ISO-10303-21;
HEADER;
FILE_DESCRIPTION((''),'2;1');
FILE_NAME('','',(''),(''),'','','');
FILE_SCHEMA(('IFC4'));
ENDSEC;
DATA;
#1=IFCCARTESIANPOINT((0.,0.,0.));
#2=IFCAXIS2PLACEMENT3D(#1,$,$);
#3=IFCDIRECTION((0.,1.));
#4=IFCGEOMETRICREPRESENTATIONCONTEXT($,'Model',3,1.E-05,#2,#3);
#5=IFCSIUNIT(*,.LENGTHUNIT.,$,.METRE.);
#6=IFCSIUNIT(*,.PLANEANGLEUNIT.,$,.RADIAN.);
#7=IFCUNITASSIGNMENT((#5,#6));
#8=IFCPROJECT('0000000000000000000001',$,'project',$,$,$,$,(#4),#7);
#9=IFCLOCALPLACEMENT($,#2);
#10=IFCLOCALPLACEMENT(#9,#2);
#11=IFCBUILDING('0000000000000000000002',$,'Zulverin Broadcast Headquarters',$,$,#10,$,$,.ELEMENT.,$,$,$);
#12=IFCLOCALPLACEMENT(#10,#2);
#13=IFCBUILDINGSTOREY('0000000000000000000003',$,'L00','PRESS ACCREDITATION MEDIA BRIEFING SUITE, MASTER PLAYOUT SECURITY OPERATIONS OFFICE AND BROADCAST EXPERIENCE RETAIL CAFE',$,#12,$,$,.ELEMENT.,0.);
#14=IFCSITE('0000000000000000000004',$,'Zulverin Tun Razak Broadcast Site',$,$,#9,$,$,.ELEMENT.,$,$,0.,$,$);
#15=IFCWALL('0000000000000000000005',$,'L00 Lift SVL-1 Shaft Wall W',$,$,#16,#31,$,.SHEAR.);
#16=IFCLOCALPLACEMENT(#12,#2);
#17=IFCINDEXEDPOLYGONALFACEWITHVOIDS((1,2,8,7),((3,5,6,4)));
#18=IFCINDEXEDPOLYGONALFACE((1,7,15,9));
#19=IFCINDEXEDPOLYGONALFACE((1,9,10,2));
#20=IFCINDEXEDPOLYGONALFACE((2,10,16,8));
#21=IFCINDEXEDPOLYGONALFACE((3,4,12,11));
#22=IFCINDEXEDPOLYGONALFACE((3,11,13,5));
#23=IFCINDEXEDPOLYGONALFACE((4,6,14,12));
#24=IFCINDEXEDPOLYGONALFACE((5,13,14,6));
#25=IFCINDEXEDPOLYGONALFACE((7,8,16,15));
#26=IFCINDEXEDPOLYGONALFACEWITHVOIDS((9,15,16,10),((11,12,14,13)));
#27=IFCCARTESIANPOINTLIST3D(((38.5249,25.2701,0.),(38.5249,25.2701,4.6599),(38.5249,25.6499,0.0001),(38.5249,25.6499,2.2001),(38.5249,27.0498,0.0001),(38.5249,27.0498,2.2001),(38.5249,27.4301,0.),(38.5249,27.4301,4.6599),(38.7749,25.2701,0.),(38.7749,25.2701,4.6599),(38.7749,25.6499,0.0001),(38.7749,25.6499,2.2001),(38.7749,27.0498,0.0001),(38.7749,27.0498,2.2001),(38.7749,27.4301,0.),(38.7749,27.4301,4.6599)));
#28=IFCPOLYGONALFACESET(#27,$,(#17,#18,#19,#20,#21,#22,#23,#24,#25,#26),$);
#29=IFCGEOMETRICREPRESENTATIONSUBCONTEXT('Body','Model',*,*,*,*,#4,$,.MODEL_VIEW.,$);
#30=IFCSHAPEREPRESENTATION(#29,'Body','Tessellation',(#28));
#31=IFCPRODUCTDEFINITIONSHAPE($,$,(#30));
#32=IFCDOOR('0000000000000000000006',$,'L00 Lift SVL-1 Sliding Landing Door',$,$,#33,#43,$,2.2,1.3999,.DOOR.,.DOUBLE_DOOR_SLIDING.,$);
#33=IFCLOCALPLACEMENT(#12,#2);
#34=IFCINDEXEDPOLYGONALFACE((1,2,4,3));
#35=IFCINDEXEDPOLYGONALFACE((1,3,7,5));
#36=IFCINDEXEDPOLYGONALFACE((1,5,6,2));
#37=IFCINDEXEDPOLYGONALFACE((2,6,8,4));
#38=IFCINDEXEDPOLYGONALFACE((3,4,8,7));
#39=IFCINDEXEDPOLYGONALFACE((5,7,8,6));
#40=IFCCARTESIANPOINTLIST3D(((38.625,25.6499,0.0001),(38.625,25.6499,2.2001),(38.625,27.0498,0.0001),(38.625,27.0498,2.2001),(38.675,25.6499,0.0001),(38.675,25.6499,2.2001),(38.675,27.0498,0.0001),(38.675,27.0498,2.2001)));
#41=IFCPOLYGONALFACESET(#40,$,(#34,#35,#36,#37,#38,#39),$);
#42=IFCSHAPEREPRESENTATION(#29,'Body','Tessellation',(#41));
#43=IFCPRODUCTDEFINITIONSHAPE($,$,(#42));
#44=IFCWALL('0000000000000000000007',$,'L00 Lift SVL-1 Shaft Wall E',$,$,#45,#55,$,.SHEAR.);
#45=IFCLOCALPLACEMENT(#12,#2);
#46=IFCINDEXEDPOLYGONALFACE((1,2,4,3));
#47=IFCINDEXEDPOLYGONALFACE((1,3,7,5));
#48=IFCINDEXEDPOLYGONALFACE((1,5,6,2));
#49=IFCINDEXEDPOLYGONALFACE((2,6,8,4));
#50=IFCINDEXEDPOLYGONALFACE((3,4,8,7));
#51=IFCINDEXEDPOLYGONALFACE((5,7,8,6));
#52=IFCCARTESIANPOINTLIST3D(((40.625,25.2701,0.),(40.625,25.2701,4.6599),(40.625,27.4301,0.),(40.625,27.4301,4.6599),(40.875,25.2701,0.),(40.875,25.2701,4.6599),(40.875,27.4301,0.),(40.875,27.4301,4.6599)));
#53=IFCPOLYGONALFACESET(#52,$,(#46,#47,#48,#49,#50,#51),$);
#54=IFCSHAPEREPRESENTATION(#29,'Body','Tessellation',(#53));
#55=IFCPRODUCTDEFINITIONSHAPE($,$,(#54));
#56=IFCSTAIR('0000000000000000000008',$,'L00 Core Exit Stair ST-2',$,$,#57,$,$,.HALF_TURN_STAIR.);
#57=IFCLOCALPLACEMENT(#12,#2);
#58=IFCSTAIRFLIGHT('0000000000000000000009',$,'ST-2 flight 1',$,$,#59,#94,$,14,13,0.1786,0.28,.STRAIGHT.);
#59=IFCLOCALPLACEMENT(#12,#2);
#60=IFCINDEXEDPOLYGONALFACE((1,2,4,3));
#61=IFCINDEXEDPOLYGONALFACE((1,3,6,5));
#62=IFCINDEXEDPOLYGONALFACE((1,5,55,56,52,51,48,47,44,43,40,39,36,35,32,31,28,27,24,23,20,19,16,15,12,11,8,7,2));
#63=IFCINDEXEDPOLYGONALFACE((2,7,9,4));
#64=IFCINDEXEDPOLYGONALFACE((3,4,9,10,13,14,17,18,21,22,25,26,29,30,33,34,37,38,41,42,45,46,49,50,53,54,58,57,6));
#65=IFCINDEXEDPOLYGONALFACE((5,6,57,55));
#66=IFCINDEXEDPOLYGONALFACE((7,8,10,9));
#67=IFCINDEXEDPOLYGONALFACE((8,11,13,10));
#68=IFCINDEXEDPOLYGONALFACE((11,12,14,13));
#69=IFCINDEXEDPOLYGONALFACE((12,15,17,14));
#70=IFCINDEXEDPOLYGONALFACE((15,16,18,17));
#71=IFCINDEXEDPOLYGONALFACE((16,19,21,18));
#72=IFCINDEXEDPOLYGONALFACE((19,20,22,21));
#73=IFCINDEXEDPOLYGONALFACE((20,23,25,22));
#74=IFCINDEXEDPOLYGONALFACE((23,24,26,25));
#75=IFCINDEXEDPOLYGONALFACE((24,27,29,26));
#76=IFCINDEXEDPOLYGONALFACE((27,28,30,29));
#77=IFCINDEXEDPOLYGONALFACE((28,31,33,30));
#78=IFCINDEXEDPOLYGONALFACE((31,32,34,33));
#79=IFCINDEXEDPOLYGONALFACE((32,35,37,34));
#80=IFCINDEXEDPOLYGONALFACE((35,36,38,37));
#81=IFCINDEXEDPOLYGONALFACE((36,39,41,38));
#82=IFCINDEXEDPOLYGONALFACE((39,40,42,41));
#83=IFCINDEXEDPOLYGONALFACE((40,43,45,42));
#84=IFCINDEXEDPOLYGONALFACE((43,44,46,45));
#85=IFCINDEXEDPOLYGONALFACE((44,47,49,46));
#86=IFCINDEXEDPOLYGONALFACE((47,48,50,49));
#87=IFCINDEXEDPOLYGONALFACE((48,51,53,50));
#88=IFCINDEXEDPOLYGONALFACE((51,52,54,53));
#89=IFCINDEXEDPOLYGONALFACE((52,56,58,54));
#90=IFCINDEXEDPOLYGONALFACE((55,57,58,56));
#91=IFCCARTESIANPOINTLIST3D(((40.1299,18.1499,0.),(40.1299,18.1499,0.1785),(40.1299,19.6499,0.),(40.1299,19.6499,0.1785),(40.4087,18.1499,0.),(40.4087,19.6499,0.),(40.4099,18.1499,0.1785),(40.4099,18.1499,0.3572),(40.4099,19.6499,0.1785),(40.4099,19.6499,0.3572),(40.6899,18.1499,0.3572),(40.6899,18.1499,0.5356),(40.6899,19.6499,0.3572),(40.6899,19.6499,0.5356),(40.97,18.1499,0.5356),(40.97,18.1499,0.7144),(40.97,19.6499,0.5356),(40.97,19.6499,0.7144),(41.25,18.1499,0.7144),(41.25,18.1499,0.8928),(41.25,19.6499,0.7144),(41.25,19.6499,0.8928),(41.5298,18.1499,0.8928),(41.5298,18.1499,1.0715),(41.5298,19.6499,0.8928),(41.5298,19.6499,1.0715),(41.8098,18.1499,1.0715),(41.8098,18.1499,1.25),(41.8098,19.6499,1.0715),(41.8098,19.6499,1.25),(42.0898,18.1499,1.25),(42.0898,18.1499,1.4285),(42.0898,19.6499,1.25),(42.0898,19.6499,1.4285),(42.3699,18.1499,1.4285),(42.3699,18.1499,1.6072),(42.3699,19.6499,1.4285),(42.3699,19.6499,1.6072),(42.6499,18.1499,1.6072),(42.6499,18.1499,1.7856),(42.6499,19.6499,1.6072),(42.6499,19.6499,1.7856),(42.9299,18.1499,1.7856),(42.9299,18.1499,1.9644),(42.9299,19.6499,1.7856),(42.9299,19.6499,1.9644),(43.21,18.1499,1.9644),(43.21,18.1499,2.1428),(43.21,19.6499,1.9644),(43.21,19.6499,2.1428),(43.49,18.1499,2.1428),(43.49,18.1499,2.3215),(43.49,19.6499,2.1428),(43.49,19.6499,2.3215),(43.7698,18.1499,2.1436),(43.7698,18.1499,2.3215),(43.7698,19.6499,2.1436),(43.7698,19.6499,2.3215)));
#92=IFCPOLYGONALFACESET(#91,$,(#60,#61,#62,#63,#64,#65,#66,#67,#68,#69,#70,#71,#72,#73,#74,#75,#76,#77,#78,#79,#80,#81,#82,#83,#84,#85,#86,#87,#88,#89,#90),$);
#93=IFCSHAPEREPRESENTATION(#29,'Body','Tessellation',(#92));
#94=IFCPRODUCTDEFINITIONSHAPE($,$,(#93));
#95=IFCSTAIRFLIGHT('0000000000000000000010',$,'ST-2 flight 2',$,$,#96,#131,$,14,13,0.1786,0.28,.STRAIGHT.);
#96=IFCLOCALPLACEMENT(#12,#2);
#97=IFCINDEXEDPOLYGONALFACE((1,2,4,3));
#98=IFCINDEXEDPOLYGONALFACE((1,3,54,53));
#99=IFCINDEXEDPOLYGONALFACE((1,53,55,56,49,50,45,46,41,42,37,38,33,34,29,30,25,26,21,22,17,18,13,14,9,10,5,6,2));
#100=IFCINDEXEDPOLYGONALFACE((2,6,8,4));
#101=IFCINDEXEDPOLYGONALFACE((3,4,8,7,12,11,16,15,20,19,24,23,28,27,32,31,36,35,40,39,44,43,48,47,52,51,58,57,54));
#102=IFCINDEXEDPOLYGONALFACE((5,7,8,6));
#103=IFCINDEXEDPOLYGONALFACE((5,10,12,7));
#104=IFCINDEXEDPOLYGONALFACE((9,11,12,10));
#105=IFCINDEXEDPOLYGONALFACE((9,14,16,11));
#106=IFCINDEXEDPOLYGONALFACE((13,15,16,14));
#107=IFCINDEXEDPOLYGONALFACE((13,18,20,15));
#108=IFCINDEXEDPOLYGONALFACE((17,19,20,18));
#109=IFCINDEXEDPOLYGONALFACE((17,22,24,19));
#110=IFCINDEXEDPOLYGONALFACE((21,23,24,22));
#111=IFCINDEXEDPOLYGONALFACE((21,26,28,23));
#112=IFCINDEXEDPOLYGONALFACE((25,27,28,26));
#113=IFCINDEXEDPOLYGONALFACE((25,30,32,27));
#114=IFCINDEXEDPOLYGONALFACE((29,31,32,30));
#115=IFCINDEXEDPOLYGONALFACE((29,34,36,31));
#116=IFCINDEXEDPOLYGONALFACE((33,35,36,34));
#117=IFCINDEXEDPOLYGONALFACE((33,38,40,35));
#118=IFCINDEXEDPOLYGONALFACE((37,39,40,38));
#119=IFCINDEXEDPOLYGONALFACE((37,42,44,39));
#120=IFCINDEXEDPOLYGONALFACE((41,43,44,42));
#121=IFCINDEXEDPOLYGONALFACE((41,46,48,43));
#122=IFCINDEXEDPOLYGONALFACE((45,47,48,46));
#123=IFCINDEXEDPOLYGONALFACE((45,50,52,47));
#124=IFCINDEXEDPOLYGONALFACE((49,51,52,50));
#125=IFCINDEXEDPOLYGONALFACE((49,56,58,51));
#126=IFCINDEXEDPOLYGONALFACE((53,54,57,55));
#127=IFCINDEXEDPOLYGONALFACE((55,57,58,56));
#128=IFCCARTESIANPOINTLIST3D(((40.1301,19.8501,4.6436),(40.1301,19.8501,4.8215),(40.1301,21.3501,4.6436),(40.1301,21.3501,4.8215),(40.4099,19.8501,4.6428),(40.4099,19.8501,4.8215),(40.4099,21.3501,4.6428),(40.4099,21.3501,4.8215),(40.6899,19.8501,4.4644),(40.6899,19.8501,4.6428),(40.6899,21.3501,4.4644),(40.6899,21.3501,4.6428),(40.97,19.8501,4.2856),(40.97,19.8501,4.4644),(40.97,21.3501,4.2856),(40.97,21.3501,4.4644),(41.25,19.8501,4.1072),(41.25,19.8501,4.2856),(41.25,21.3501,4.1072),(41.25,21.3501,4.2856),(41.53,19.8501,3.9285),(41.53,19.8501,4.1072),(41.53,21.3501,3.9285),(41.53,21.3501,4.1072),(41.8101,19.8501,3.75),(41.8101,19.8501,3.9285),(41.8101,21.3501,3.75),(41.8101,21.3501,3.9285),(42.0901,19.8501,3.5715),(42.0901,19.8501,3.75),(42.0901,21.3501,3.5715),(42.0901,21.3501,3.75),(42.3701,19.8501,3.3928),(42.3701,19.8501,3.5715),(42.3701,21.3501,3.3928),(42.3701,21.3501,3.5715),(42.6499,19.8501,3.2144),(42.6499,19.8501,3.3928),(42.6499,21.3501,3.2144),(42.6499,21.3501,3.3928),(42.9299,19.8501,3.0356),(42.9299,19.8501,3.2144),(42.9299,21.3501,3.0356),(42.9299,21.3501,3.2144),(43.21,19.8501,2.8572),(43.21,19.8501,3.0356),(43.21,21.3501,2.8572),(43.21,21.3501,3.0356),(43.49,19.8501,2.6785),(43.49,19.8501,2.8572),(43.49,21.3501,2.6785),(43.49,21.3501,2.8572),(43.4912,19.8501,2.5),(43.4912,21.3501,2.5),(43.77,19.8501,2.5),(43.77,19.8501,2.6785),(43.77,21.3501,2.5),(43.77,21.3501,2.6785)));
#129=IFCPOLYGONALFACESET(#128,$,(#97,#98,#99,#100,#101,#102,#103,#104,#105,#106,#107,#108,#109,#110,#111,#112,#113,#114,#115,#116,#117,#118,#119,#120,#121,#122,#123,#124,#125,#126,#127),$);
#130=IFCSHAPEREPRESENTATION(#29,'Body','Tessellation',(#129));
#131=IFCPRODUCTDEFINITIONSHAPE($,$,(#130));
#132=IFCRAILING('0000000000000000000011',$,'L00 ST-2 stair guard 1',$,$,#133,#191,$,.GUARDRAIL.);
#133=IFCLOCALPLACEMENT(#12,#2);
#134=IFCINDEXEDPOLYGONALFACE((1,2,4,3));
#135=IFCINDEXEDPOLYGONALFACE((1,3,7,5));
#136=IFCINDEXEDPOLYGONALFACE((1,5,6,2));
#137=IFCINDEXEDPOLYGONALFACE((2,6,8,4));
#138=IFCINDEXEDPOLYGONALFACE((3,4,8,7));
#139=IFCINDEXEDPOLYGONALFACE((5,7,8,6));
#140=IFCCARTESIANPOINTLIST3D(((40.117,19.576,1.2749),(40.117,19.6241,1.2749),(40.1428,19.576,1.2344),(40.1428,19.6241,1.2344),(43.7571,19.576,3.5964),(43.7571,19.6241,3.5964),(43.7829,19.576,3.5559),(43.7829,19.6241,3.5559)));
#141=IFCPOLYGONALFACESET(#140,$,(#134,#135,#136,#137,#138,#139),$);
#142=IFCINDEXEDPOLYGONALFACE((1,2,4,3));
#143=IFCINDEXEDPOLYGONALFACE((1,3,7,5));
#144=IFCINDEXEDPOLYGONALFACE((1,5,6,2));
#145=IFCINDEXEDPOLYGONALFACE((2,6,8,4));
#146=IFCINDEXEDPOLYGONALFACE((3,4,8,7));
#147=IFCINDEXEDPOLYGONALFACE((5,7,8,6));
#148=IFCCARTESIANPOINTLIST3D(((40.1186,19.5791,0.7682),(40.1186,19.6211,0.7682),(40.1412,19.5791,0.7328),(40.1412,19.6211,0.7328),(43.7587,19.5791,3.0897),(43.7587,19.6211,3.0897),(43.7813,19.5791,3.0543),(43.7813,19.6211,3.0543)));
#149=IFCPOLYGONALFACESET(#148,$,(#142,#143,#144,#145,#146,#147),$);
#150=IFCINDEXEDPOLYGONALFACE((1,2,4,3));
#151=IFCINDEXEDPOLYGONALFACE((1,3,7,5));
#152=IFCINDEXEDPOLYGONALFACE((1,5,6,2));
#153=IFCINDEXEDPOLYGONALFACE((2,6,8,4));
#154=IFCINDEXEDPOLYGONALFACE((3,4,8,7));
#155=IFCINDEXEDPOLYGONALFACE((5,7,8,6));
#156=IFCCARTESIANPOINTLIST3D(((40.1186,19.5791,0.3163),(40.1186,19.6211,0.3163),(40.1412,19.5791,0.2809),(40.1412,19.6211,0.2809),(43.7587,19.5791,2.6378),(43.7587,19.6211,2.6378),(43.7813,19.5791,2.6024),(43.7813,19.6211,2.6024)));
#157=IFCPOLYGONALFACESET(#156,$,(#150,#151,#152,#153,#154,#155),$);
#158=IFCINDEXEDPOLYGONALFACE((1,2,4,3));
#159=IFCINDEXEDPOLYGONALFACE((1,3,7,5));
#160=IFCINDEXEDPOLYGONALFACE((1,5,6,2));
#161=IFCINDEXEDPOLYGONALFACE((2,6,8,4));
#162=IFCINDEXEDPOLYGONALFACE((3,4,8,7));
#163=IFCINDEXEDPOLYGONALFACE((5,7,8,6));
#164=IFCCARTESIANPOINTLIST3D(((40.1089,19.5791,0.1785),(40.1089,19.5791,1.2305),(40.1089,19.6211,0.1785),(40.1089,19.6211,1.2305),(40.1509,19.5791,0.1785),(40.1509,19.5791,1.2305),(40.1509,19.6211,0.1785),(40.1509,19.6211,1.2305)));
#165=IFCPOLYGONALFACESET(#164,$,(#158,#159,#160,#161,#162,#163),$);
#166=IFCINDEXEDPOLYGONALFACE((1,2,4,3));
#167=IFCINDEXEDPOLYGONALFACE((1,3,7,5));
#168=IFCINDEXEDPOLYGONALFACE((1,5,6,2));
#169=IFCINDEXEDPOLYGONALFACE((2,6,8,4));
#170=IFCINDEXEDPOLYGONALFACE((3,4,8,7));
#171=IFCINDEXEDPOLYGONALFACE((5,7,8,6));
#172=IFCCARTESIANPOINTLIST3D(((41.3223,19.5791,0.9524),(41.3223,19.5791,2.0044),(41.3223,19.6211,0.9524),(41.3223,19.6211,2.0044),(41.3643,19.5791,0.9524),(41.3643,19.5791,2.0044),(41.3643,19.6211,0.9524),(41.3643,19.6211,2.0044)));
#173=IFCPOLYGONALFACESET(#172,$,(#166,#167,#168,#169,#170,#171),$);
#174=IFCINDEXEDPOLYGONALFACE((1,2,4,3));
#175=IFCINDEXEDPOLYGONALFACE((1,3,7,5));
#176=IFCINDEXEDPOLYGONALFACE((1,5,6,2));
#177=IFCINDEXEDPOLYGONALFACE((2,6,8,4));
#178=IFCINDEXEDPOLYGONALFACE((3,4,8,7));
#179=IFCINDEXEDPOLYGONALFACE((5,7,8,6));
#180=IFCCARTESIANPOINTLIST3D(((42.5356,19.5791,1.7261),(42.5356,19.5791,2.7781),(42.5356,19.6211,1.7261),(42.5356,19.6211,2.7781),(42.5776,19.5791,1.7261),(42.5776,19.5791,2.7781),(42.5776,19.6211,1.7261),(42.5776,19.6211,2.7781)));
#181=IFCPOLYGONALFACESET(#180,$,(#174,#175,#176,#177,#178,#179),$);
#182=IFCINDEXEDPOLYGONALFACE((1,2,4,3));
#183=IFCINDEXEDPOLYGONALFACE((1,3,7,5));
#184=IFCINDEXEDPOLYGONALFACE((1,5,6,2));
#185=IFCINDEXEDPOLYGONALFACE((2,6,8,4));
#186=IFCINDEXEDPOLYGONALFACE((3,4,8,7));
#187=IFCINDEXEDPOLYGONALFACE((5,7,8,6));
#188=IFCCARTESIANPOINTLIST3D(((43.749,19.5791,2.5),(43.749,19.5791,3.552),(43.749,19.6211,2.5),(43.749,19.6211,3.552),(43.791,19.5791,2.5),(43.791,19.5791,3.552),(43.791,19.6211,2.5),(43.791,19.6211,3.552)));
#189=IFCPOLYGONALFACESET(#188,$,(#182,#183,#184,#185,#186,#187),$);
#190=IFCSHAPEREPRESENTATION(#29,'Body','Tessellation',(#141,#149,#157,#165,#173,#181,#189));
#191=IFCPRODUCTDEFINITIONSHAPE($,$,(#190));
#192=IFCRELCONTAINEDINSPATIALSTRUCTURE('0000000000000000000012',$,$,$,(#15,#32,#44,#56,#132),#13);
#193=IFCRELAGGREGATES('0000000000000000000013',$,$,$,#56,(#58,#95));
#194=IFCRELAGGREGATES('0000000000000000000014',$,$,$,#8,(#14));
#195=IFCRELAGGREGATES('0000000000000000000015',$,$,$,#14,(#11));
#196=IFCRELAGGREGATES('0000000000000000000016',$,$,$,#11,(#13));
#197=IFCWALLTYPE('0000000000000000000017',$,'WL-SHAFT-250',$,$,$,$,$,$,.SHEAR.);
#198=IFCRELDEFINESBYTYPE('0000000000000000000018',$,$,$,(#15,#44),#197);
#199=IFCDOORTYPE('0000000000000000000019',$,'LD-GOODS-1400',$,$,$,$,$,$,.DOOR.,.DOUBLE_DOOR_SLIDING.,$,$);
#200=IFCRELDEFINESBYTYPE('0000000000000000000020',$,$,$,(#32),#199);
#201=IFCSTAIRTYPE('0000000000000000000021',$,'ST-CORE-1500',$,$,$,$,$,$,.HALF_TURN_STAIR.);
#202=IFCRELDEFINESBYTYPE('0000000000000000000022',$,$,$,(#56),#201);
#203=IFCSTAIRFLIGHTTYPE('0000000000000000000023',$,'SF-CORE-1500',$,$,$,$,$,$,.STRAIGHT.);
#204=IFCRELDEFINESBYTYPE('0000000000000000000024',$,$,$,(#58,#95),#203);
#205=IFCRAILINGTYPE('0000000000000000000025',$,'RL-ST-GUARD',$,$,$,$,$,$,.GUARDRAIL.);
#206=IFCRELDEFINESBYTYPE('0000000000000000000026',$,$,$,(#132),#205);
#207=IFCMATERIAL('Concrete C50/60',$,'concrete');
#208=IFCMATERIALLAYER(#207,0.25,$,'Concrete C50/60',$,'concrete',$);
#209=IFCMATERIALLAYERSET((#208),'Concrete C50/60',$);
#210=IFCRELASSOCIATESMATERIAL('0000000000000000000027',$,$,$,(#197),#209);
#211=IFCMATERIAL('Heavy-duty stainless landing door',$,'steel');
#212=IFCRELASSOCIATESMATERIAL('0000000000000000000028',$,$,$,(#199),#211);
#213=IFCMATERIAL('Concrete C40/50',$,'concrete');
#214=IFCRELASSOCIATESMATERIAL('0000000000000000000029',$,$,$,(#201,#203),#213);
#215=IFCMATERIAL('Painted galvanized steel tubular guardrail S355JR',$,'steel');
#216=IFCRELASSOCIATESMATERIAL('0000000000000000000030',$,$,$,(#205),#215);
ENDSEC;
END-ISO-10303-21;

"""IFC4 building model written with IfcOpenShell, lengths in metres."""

from ifc_helpers import new_model, si_unit, direction, frame, frame_2d, origin, origin_2d, place, context, subcontext, project, spatial, polyline, rectangle, outline, extrude, material, layer, layer_set, type_object, element, fill, aggregate, save


model = new_model("IFC4")

# Units and contexts
model_context = context("Model", 3, precision=1e-05, world=origin(), true_north=direction((0.0, 1.0)))
body_context = subcontext(model_context, "Body", "Model", "MODEL_VIEW")
ifc_project = project(units=[si_unit("LENGTHUNIT", "METRE"), si_unit("PLANEANGLEUNIT", "RADIAN")], contexts=[model_context])

# Site, building, storey
site_placement = place(None, origin())
site = spatial("IfcSite", under=ifc_project, at=site_placement, Name="Zulverin Tun Razak Broadcast Site", CompositionType="ELEMENT", RefElevation=0.0)
building_placement = place(site_placement, origin())
building = spatial("IfcBuilding", under=site, at=building_placement, Name="Zulverin Broadcast Headquarters", CompositionType="ELEMENT")
storey_placement = place(building_placement, origin())
storey = spatial("IfcBuildingStorey", under=building, at=storey_placement, Name="L00", Description="PRESS ACCREDITATION MEDIA BRIEFING SUITE, MASTER PLAYOUT SECURITY OPERATIONS OFFICE AND BROADCAST EXPERIENCE RETAIL CAFE", CompositionType="ELEMENT", Elevation=0.0)

# Shared definitions
ifc_material_1 = material(Name="Concrete C40/50", Category="concrete")

# Shared definitions
ifc_material_2 = material(Name="Concrete C50/60", Category="concrete")
ifc_layer_1 = layer(ifc_material_2, 0.25, Name="Concrete C50/60", Category="concrete")
ifc_layer_set_1 = layer_set([ifc_layer_1], Name="Concrete C50/60")
wall_type_1 = type_object("IfcWallType", Name="WL-SHAFT-250", PredefinedType="SHEAR", material=ifc_layer_set_1)

# Wall, opening, door
wall_1_placement = place(storey_placement, frame((38.6499, 25.27, 0.0), z_axis=(0.0, 0.0, 1.0), x_axis=(0.0, 1.0, 0.0)))
wall_1 = element("IfcWall", 1, at=wall_1_placement, inside=storey, type_object=wall_type_1, Name="L00 Lift SVL-1 Shaft Wall W", PredefinedType="SHEAR", context=body_context, shape_type="SweptSolid", body=[
    extrude(rectangle(XDim=2.1599, YDim=0.25, at=frame_2d((1.0801, 0.0))), origin(), (0.0, 0.0, 1.0), 4.6599),
])
opening_1_placement = place(wall_1_placement, frame((0.3799, 0.0, 0.0)))
opening_1 = element("IfcOpeningElement", 2, at=opening_1_placement, cuts=wall_1, PredefinedType="OPENING", context=body_context, shape_type="SweptSolid", body=[
    extrude(rectangle(XDim=1.3999, YDim=2.2, at=frame_2d((0.7, 1.1001))), frame((0.0, 0.135, 0.0), z_axis=(0.0, -1.0, 0.0), x_axis=(1.0, 0.0, 0.0)), (0.0, 0.0, 1.0), 0.27),
])
ifc_material_3 = material(Name="Heavy-duty stainless landing door", Category="steel")
door_type_1 = type_object("IfcDoorType", Name="LD-GOODS-1400", OperationType="DOUBLE_DOOR_SLIDING", PredefinedType="DOOR", material=ifc_material_3)
door_1_placement = place(opening_1_placement, origin())
door_1 = element("IfcDoor", 3, at=door_1_placement, inside=storey, type_object=door_type_1, Name="L00 Lift SVL-1 Sliding Landing Door", OperationType="DOUBLE_DOOR_SLIDING", OverallHeight=2.2, OverallWidth=1.3999, PredefinedType="DOOR", context=body_context, shape_type="SweptSolid", body=[
    extrude(rectangle(XDim=1.3999, YDim=2.2, at=frame_2d((0.7, 1.1001))), frame((0.0, 0.0249, 0.0), z_axis=(0.0, -1.0, 0.0), x_axis=(1.0, 0.0, 0.0)), (0.0, 0.0, 1.0), 0.05),
])
fill(opening_1, door_1)

# Wall
wall_2_placement = place(storey_placement, frame((40.75, 25.27, 0.0), z_axis=(0.0, 0.0, 1.0), x_axis=(0.0, 1.0, 0.0)))
element("IfcWall", 4, at=wall_2_placement, inside=storey, type_object=wall_type_1, Name="L00 Lift SVL-1 Shaft Wall E", PredefinedType="SHEAR", context=body_context, shape_type="SweptSolid", body=[
    extrude(rectangle(XDim=2.1599, YDim=0.25, at=frame_2d((1.0801, 0.0))), origin(), (0.0, 0.0, 1.0), 4.6599),
])

# Stair, stair flights
stair_type = type_object("IfcStairType", Name="ST-CORE-1500", PredefinedType="HALF_TURN_STAIR", material=ifc_material_1)
stair_placement = place(storey_placement, origin())
stair = element("IfcStair", 5, at=stair_placement, inside=storey, type_object=stair_type, Name="L00 Core Exit Stair ST-2", PredefinedType="HALF_TURN_STAIR")
stair_flight_type = type_object("IfcStairFlightType", Name="SF-CORE-1500", PredefinedType="STRAIGHT", material=ifc_material_1)
stair_flight_1_placement = place(storey_placement, frame((40.1299, 18.8999, 0.0), z_axis=(0.0, 0.0, 1.0), x_axis=(1.0, 0.0, 0.0)))
stair_flight_1 = element("IfcStairFlight", 6, at=stair_flight_1_placement, type_object=stair_flight_type, Name="ST-2 flight 1", NumberOfRisers=14, NumberOfTreads=13, PredefinedType="STRAIGHT", RiserHeight=0.1786, TreadLength=0.28, context=body_context, shape_type="SweptSolid", body=[
    extrude(outline(polyline([(0.0, 0.0), (0.0, 0.1785), (0.28, 0.1785), (0.28, 0.3572), (0.5601, 0.3572), (0.5601, 0.5356), (0.8401, 0.5356), (0.8401, 0.7144), (1.1201, 0.7144), (1.1201, 0.8928), (1.3999, 0.8928), (1.3999, 1.0715), (1.6799, 1.0715), (1.6799, 1.25), (1.96, 1.25), (1.96, 1.4285), (2.24, 1.4285), (2.24, 1.6072), (2.52, 1.6072), (2.52, 1.7856), (2.8, 1.7856), (2.8, 1.9644), (3.0801, 1.9644), (3.0801, 2.1428), (3.3601, 2.1428), (3.3601, 2.3215), (3.6399, 2.3215), (3.6399, 2.5), (3.6399, 2.1436), (0.2788, 0.0), (0.0, 0.0)])), frame((0.0, 0.75, 0.0), z_axis=(0.0, -1.0, 0.0), x_axis=(1.0, 0.0, 0.0)), (0.0, 0.0, 1.0), 1.5),
])
stair_flight_2_placement = place(storey_placement, frame((43.77, 20.6001, 2.5), z_axis=(0.0, 0.0, 1.0), x_axis=(-1.0, 0.0, 0.0)))
stair_flight_2 = element("IfcStairFlight", 7, at=stair_flight_2_placement, type_object=stair_flight_type, Name="ST-2 flight 2", NumberOfRisers=14, NumberOfTreads=13, PredefinedType="STRAIGHT", RiserHeight=0.1786, TreadLength=0.28, context=body_context, shape_type="SweptSolid", body=[
    extrude(outline(polyline([(0.0, 0.0), (0.0, 0.1785), (0.28, 0.1785), (0.28, 0.3572), (0.5601, 0.3572), (0.5601, 0.5356), (0.8401, 0.5356), (0.8401, 0.7144), (1.1201, 0.7144), (1.1201, 0.8928), (1.3999, 0.8928), (1.3999, 1.0715), (1.6799, 1.0715), (1.6799, 1.25), (1.96, 1.25), (1.96, 1.4285), (2.24, 1.4285), (2.24, 1.6072), (2.52, 1.6072), (2.52, 1.7856), (2.8, 1.7856), (2.8, 1.9644), (3.0801, 1.9644), (3.0801, 2.1428), (3.3601, 2.1428), (3.3601, 2.3215), (3.6399, 2.3215), (3.6399, 2.5), (3.6399, 2.1436), (0.2788, 0.0), (0.0, 0.0)])), frame((0.0, 0.75, 0.0), z_axis=(0.0, -1.0, 0.0), x_axis=(1.0, 0.0, 0.0)), (0.0, 0.0, 1.0), 1.5),
])
aggregate(stair, [stair_flight_1, stair_flight_2])

# Railing
ifc_material_4 = material(Name="Painted galvanized steel tubular guardrail S355JR", Category="steel")
railing_type_1 = type_object("IfcRailingType", Name="RL-ST-GUARD", PredefinedType="GUARDRAIL", material=ifc_material_4)
railing_1_placement = place(storey_placement, frame((40.1299, 19.6001, 0.1785)))
element("IfcRailing", 8, at=railing_1_placement, inside=storey, type_object=railing_type_1, Name="L00 ST-2 stair guard 1", PredefinedType="GUARDRAIL", context=body_context, shape_type="SweptSolid", body=[
    extrude(rectangle(XDim=0.0481, YDim=0.0481, at=origin_2d()), frame((0.0, 0.0, 1.0762), z_axis=(0.843128, 0.0, 0.537713), x_axis=(0.0, 1.0, 0.0)), (0.0, 0.0, 1.0), 4.3174),
    extrude(rectangle(XDim=0.042, YDim=0.042, at=origin_2d()), frame((0.0, 0.0, 0.572), z_axis=(0.843128, 0.0, 0.537713), x_axis=(0.0, 1.0, 0.0)), (0.0, 0.0, 1.0), 4.3174),
    extrude(rectangle(XDim=0.042, YDim=0.042, at=origin_2d()), frame((0.0, 0.0, 0.1201), z_axis=(0.843128, 0.0, 0.537713), x_axis=(0.0, 1.0, 0.0)), (0.0, 0.0, 1.0), 4.3174),
    extrude(rectangle(XDim=0.042, YDim=0.042, at=origin_2d()), origin(), (0.0, 0.0, 1.0), 1.052),
    extrude(rectangle(XDim=0.042, YDim=0.042, at=origin_2d()), frame((1.2134, 0.0, 0.7739)), (0.0, 0.0, 1.0), 1.052),
    extrude(rectangle(XDim=0.042, YDim=0.042, at=origin_2d()), frame((2.4268, 0.0, 1.5476)), (0.0, 0.0, 1.0), 1.052),
    extrude(rectangle(XDim=0.042, YDim=0.042, at=origin_2d()), frame((3.6401, 0.0, 2.3215)), (0.0, 0.0, 1.0), 1.052),
])

save(model, "model.ifc")
